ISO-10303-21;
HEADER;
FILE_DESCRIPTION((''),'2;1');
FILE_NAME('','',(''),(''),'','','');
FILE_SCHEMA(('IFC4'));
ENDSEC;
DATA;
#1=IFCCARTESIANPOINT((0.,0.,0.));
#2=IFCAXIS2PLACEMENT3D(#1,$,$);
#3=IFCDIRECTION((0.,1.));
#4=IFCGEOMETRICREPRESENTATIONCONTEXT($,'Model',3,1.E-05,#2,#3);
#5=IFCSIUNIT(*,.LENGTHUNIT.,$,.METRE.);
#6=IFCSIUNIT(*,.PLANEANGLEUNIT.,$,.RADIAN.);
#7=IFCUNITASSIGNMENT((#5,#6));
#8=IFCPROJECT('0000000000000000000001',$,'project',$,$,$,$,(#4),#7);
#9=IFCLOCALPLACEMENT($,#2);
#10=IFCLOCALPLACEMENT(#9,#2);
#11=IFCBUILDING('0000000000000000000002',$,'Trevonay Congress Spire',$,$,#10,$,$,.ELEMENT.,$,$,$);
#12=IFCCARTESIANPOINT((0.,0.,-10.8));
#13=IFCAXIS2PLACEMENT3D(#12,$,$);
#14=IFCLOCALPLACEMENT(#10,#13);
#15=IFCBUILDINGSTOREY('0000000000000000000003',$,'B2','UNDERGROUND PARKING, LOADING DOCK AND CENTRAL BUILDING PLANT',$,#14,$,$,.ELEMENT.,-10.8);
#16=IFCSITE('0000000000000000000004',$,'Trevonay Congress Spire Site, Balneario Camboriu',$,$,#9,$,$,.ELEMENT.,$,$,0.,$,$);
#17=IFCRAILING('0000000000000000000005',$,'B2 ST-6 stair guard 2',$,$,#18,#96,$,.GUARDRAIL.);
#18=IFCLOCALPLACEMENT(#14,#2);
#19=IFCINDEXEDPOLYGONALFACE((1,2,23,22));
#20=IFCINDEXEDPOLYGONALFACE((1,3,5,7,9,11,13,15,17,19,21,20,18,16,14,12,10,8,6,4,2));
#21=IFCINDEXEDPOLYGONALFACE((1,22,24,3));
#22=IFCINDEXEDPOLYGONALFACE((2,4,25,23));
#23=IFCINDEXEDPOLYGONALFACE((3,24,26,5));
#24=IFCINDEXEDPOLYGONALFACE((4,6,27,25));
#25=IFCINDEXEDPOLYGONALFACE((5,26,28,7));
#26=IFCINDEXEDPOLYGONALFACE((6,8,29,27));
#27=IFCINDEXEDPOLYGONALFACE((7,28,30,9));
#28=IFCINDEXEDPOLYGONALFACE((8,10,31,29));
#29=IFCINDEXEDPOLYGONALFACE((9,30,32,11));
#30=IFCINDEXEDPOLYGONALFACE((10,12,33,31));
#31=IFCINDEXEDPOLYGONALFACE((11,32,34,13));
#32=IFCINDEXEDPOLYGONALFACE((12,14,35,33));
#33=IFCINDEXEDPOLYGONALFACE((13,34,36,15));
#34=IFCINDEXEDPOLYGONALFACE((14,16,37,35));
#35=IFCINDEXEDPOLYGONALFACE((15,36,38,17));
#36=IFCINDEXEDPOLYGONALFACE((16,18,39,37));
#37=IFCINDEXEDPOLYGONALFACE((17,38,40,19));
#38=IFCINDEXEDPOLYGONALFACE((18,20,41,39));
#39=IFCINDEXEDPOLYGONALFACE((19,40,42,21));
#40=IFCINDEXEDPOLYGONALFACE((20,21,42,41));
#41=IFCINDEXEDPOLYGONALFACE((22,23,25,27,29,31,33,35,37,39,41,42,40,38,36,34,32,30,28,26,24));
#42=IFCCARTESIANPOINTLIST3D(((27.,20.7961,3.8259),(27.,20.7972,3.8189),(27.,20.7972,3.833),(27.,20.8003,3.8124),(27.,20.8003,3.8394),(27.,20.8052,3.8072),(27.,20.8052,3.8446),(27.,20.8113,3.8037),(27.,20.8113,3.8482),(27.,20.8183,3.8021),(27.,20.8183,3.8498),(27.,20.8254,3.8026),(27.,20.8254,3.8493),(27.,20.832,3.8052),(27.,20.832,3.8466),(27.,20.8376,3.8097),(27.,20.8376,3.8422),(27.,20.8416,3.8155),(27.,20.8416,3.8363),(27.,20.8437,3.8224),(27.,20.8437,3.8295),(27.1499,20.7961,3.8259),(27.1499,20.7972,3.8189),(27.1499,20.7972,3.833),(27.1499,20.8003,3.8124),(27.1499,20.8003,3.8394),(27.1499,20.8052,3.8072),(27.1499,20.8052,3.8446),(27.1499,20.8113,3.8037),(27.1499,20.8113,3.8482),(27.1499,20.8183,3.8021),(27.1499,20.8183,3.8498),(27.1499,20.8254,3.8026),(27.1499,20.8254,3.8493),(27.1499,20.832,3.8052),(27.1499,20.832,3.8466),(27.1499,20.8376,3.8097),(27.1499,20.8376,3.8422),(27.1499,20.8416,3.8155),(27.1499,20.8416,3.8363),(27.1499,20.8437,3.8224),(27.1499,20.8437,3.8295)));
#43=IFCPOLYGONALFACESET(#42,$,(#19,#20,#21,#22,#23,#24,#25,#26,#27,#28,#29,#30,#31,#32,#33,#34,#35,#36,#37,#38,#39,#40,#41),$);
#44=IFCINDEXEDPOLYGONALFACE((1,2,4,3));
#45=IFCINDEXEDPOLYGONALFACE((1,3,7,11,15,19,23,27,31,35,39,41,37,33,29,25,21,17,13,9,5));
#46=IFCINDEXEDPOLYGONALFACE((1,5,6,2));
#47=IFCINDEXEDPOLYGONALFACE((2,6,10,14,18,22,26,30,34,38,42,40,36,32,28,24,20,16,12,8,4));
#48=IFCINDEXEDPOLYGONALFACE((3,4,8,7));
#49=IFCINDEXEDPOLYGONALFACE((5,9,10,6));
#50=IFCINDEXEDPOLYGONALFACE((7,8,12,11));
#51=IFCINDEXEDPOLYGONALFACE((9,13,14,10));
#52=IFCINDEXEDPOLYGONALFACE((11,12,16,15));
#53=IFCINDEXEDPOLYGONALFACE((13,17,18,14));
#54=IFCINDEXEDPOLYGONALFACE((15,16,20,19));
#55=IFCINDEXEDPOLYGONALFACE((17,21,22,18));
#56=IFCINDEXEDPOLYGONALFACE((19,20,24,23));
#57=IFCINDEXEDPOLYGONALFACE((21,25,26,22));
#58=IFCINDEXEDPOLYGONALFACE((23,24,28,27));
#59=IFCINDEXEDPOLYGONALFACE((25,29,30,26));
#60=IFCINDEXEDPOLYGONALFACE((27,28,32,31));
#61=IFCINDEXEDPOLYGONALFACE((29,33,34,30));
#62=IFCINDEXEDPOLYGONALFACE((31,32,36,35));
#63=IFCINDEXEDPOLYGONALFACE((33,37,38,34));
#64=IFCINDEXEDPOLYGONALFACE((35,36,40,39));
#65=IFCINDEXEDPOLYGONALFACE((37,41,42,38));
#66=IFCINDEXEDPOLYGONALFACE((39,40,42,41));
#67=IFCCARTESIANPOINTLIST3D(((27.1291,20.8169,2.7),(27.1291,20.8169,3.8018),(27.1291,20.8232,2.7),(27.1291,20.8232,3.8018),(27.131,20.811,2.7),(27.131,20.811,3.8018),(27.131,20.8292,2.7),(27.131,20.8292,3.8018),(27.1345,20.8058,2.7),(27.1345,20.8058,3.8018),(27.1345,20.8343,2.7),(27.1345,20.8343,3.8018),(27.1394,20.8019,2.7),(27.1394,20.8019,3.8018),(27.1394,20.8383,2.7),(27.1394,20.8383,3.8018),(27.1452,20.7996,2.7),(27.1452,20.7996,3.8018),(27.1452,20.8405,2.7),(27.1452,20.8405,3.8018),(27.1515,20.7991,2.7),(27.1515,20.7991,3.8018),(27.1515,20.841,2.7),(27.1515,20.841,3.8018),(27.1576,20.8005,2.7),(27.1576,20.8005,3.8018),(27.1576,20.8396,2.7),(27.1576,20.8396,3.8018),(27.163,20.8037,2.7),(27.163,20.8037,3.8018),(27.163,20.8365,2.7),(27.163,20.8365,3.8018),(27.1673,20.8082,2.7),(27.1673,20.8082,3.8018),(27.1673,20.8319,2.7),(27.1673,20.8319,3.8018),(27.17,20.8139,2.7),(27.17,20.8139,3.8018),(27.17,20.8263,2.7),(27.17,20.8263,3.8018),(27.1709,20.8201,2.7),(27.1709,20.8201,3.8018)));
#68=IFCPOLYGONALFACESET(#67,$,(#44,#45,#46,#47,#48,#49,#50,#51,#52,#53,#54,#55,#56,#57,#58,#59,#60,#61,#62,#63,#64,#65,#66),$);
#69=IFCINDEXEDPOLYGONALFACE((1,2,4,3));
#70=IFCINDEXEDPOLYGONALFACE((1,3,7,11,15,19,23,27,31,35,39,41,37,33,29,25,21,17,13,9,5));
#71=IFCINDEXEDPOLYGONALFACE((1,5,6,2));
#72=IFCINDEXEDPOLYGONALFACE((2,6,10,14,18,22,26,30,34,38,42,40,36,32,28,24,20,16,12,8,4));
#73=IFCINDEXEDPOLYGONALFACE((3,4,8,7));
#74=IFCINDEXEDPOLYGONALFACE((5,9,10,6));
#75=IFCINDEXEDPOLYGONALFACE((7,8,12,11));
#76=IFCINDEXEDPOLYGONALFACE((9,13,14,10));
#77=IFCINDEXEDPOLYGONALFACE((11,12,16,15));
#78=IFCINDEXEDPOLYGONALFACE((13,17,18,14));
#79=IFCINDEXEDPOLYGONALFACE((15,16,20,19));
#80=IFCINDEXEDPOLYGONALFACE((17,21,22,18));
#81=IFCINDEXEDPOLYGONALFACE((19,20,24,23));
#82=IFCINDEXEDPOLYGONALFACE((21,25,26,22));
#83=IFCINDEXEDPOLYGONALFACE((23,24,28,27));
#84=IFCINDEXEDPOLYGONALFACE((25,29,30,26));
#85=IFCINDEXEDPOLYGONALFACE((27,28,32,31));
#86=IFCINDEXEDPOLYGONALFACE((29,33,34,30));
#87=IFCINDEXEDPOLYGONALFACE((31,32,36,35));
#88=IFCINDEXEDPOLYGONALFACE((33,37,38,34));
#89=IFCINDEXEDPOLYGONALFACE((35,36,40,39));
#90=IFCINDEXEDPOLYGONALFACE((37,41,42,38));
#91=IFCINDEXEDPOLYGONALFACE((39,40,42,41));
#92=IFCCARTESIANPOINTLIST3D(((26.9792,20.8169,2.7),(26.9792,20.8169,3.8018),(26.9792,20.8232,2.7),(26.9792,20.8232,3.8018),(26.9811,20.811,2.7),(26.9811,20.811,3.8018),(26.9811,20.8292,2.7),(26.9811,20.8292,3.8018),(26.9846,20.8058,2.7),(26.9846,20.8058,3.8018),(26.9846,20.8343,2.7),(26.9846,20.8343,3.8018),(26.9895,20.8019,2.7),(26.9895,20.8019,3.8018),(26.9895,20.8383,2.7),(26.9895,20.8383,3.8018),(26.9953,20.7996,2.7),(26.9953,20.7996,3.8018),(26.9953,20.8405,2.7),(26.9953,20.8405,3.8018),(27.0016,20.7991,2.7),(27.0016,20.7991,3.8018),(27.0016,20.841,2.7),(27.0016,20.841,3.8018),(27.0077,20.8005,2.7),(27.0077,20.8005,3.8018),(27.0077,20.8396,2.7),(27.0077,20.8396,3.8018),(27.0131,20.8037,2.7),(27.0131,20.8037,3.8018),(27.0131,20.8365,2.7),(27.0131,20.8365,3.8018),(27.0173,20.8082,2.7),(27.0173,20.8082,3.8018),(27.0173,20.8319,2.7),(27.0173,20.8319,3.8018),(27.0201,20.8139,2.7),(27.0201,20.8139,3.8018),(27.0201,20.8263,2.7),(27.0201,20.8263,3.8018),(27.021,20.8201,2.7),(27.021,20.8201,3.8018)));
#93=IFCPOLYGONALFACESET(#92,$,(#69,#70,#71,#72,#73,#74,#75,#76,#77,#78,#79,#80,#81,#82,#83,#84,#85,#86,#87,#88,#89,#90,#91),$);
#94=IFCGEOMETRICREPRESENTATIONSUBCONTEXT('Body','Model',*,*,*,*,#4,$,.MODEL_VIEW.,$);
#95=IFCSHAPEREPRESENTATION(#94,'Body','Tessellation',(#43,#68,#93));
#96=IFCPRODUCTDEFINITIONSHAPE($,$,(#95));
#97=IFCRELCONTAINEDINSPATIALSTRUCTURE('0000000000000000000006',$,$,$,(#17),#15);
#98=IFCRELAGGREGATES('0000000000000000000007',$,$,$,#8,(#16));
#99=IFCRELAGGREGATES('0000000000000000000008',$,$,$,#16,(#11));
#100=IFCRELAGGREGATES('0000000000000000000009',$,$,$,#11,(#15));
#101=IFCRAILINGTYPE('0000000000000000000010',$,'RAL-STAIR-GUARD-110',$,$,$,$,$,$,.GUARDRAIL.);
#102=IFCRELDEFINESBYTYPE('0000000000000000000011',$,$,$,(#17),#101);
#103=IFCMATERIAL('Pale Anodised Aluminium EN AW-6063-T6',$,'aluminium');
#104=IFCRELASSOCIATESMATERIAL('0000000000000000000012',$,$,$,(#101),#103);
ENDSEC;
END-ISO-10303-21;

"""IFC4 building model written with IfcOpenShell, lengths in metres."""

from ifc_helpers import new_model, si_unit, direction, frame, origin, origin_2d, place, context, subcontext, project, spatial, circle, extrude, material, type_object, element, save


model = new_model("IFC4")

# Units and contexts
model_context = context("Model", 3, precision=1e-05, world=origin(), true_north=direction((0.0, 1.0)))
body_context = subcontext(model_context, "Body", "Model", "MODEL_VIEW")
ifc_project = project(units=[si_unit("LENGTHUNIT", "METRE"), si_unit("PLANEANGLEUNIT", "RADIAN")], contexts=[model_context])

# Site, building, storey
site_placement = place(None, origin())
site = spatial("IfcSite", under=ifc_project, at=site_placement, Name="Trevonay Congress Spire Site, Balneario Camboriu", CompositionType="ELEMENT", RefElevation=0.0)
building_placement = place(site_placement, origin())
building = spatial("IfcBuilding", under=site, at=building_placement, Name="Trevonay Congress Spire", CompositionType="ELEMENT")
storey_placement = place(building_placement, frame((0.0, 0.0, -10.8)))
storey = spatial("IfcBuildingStorey", under=building, at=storey_placement, Name="B2", Description="UNDERGROUND PARKING, LOADING DOCK AND CENTRAL BUILDING PLANT", CompositionType="ELEMENT", Elevation=-10.8)

# Railing
ifc_material_1 = material(Name="Pale Anodised Aluminium EN AW-6063-T6", Category="aluminium")
railing_type_1 = type_object("IfcRailingType", Name="RAL-STAIR-GUARD-110", PredefinedType="GUARDRAIL", material=ifc_material_1)
railing_1_placement = place(storey_placement, frame((27.1499, 20.8201, 2.7)))
element("IfcRailing", 1, at=railing_1_placement, inside=storey, type_object=railing_type_1, Name="B2 ST-6 stair guard 2", PredefinedType="GUARDRAIL", context=body_context, shape_type="SweptSolid", body=[
    extrude(circle(Radius=0.0239, at=origin_2d()), frame((0.0, 0.0, 1.126), z_axis=(-1.0, 0.0, 0.0), x_axis=(0.0, -1.0, 0.0)), (0.0, 0.0, 1.0), 0.1499),
    extrude(circle(Radius=0.021, at=origin_2d()), origin(), (0.0, 0.0, 1.0), 1.1018),
    extrude(circle(Radius=0.021, at=origin_2d()), frame((-0.1499, 0.0, 0.0)), (0.0, 0.0, 1.0), 1.1018),
])

save(model, "model.ifc")
